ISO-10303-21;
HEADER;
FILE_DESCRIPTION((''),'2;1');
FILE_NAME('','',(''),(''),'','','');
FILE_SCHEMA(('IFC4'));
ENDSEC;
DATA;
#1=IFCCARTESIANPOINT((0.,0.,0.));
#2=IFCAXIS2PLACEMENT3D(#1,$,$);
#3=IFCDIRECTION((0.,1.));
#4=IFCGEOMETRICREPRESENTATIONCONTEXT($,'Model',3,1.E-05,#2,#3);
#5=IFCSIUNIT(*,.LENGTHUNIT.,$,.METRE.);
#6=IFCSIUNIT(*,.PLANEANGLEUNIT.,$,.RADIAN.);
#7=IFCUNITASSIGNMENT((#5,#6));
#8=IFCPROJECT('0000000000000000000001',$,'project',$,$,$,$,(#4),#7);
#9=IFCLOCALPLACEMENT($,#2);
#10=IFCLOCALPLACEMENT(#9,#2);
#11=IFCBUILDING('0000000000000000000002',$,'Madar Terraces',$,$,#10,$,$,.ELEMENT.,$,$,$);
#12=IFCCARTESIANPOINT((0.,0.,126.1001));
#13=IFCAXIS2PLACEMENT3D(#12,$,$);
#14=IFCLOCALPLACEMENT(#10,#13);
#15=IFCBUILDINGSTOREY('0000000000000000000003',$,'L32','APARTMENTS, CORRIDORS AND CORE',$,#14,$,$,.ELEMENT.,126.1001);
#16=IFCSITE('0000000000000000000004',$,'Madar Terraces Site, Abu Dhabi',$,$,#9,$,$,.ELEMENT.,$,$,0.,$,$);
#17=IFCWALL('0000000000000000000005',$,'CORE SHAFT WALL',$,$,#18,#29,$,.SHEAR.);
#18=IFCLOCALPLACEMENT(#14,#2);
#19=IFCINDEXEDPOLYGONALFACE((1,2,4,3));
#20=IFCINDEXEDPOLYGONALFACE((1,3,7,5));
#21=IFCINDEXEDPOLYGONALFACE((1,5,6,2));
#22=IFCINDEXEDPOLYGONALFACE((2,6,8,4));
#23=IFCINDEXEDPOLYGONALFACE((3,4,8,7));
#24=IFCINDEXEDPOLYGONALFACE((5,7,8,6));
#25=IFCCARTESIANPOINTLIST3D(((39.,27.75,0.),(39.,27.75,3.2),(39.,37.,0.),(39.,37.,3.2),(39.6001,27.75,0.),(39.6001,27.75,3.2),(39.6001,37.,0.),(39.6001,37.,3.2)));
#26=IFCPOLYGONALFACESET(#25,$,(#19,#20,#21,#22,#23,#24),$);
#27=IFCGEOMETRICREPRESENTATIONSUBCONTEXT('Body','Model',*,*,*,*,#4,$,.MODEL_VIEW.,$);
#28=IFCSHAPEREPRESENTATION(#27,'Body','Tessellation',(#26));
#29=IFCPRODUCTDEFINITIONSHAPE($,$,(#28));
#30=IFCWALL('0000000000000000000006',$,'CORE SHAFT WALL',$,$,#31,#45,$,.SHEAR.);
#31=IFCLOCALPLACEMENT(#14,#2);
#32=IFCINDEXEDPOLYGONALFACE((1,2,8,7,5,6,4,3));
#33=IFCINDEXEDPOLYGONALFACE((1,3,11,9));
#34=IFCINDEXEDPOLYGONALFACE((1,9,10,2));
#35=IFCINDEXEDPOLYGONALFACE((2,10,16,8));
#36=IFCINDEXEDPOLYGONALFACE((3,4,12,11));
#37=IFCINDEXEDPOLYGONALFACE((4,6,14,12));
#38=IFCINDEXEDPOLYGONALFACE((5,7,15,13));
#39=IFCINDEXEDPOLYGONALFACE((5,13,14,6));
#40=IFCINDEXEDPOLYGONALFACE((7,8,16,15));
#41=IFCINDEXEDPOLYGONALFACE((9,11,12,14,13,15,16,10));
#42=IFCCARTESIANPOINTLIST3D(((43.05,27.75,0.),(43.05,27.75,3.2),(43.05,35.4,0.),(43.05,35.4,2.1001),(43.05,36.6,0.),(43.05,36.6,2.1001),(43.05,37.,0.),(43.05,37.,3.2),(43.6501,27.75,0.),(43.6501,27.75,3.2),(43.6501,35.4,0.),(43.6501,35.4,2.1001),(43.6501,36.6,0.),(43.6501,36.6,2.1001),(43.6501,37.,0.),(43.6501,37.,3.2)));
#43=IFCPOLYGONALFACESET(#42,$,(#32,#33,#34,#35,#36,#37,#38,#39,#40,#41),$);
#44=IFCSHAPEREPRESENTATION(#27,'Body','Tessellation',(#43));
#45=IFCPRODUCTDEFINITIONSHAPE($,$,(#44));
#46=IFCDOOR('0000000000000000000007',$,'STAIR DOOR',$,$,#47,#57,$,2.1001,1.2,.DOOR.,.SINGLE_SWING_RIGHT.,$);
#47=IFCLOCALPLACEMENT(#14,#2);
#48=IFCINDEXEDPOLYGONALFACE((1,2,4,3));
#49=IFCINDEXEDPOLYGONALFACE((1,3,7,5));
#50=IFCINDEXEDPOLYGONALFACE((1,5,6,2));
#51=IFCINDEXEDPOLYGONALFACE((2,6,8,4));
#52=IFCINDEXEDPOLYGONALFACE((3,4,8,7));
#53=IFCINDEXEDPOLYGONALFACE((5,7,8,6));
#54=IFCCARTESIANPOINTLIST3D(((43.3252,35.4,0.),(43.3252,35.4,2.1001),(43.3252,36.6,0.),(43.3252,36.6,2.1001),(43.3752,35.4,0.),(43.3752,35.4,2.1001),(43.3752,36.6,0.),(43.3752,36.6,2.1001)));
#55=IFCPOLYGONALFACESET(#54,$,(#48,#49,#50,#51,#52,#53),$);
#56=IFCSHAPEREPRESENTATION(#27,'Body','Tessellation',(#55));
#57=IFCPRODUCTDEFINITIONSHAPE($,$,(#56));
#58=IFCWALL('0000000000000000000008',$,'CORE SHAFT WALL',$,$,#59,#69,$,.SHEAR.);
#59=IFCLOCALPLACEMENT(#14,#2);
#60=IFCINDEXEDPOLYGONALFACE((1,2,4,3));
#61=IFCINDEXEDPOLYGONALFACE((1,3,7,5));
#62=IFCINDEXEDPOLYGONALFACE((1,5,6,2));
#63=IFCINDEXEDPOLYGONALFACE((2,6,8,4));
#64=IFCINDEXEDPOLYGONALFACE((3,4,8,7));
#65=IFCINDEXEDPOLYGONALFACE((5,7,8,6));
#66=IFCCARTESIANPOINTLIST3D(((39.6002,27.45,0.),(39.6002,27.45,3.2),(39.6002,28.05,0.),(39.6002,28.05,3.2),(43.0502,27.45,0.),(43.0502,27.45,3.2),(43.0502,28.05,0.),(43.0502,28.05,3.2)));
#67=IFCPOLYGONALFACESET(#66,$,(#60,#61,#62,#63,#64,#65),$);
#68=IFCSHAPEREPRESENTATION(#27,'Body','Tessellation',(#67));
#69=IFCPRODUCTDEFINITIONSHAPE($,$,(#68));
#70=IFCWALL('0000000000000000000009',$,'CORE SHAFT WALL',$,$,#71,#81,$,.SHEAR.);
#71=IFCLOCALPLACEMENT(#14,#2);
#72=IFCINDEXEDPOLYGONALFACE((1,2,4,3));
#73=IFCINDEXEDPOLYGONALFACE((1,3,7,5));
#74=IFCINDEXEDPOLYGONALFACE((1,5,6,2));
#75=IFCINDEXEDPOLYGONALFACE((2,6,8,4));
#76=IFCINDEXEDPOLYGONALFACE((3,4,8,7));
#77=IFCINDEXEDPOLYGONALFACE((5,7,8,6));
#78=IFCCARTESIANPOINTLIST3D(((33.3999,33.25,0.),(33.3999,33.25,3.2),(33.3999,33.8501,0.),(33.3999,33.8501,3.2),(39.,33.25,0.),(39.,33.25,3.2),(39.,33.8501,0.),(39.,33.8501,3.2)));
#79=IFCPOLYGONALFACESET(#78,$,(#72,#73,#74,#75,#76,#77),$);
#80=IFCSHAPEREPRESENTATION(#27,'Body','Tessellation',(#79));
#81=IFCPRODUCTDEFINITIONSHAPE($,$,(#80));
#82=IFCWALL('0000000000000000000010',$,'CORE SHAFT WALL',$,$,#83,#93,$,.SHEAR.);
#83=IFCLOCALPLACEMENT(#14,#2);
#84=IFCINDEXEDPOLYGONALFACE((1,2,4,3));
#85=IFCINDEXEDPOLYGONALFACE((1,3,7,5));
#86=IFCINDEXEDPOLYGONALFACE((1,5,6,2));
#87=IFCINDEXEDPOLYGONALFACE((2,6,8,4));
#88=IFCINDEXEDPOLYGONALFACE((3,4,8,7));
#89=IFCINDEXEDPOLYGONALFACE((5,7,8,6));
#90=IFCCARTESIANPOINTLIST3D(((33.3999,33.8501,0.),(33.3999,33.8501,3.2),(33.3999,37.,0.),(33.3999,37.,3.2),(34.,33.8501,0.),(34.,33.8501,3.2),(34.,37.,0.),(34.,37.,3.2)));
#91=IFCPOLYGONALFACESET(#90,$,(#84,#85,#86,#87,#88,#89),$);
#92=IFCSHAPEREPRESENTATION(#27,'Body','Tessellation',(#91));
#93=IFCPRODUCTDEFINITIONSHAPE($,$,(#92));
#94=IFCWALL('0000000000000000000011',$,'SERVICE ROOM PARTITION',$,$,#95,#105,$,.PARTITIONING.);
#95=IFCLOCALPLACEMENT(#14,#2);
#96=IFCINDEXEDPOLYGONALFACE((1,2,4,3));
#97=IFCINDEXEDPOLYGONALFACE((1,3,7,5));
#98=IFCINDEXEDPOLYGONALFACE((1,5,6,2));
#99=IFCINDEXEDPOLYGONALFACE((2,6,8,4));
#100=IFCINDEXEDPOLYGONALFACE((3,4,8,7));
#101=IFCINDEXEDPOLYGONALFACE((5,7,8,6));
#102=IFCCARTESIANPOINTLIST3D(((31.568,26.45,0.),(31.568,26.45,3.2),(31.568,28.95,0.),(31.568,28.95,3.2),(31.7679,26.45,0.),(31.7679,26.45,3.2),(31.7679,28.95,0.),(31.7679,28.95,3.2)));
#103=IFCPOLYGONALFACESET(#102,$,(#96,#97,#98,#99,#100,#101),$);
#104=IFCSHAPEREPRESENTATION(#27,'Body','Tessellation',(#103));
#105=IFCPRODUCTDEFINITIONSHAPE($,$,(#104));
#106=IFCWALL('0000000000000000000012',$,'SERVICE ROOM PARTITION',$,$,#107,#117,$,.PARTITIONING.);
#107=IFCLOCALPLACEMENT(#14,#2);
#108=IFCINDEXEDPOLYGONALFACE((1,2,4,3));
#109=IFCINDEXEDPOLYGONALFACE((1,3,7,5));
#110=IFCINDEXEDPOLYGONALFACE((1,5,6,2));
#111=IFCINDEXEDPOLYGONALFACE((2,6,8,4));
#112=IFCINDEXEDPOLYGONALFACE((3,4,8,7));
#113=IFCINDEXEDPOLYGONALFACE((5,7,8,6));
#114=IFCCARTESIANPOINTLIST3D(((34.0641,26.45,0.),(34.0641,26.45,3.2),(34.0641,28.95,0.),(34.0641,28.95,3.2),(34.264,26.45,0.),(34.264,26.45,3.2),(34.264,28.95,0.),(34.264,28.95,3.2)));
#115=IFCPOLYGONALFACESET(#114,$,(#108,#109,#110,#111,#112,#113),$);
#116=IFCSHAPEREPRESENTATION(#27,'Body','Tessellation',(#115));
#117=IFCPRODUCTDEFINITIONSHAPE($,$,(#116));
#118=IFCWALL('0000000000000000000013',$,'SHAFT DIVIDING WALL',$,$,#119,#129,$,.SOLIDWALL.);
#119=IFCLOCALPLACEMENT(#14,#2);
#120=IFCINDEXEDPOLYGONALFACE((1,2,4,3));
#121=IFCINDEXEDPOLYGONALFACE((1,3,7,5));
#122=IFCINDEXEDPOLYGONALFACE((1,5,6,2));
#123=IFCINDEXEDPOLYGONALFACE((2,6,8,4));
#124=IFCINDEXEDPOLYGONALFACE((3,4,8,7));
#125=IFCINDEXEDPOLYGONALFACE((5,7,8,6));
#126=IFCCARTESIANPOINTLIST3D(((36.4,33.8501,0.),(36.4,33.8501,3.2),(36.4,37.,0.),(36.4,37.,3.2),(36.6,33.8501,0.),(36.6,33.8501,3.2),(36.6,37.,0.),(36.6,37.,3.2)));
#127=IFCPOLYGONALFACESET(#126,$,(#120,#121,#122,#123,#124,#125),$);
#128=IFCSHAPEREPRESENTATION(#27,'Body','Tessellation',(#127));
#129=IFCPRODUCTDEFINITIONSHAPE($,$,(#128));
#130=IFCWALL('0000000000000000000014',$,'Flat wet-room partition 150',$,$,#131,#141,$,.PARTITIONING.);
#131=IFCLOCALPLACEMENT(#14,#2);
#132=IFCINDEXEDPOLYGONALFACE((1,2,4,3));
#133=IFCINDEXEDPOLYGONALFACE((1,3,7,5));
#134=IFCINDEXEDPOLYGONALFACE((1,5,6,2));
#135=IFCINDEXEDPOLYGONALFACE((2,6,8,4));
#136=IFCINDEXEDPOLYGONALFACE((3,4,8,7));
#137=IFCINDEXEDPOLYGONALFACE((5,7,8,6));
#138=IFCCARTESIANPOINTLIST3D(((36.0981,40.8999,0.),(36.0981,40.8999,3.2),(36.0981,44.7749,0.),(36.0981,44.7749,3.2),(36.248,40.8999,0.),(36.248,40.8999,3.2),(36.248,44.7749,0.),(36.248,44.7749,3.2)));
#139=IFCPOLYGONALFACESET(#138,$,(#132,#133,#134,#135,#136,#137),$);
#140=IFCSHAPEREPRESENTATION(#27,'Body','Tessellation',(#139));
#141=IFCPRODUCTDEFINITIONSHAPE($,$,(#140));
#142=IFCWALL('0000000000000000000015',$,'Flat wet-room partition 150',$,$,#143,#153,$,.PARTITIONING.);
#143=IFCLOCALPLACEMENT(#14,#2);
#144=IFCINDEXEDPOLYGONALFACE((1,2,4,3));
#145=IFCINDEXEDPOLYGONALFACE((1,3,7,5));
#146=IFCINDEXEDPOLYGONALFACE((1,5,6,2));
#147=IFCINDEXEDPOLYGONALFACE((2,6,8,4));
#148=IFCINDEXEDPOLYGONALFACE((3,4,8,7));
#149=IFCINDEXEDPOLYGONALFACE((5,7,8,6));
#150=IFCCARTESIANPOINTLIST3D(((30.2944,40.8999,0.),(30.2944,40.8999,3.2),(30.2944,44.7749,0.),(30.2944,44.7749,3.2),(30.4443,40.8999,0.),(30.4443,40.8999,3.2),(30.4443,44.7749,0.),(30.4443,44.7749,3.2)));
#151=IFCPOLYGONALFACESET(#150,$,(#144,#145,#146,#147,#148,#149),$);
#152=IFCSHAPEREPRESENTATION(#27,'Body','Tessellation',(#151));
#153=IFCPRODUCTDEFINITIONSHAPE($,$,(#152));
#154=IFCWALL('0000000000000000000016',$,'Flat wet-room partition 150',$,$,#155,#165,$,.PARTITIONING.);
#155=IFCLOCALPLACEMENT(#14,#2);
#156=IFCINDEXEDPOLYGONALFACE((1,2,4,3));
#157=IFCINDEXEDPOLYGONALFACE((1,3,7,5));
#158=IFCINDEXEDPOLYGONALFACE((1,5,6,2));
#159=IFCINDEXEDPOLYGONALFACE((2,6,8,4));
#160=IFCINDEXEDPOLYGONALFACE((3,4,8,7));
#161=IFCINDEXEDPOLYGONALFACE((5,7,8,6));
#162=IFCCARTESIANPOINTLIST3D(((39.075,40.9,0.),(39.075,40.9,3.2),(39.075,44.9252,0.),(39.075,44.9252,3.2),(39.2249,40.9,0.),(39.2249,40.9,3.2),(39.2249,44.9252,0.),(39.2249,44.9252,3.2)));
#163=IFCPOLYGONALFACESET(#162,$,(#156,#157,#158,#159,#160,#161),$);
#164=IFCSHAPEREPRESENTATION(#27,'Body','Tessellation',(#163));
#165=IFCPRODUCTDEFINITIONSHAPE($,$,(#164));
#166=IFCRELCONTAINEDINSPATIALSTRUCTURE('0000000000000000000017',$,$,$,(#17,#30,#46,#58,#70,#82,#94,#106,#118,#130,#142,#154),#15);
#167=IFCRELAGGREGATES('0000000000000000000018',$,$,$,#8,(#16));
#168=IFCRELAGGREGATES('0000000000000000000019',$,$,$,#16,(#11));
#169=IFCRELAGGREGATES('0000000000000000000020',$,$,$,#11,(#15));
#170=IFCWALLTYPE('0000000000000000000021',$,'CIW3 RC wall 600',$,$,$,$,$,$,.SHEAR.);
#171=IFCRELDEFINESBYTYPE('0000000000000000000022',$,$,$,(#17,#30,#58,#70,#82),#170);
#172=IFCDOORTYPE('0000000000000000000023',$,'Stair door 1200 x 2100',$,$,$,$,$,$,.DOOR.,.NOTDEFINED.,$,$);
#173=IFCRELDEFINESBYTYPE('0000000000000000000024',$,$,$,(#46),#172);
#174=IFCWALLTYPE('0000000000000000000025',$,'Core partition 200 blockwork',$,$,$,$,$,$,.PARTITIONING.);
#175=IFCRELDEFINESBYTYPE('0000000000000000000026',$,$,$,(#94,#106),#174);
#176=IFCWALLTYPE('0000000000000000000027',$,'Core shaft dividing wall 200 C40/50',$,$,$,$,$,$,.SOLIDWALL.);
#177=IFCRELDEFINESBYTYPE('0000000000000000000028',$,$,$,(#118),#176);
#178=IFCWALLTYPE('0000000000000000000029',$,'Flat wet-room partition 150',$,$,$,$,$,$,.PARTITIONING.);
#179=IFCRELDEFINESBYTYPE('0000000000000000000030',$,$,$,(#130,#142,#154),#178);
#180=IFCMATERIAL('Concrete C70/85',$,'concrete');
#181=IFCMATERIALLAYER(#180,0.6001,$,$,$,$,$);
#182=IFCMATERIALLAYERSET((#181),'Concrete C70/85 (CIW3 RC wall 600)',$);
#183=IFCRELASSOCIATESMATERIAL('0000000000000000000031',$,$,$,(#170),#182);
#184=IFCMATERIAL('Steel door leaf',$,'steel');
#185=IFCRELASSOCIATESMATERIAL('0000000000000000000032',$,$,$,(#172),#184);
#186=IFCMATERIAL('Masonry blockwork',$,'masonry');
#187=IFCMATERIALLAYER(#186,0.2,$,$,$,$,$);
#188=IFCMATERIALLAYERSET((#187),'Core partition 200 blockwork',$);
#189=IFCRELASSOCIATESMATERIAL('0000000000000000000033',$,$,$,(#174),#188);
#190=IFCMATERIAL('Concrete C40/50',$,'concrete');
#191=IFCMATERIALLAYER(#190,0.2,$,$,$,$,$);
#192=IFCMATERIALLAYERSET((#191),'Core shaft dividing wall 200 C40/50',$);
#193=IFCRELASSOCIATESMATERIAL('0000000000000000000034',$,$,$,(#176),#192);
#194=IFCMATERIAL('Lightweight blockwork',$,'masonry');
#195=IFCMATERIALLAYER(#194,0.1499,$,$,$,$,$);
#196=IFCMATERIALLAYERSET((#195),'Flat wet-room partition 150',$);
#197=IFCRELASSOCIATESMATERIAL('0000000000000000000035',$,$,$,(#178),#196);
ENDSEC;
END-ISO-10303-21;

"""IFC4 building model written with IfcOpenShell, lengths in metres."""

from ifc_helpers import new_model, si_unit, direction, frame, frame_2d, origin, place, context, subcontext, project, spatial, rectangle, extrude, material, layer, layer_set, type_object, element, fill, save


model = new_model("IFC4")

# Units and contexts
model_context = context("Model", 3, precision=1e-05, world=origin(), true_north=direction((0.0, 1.0)))
body_context = subcontext(model_context, "Body", "Model", "MODEL_VIEW")
ifc_project = project(units=[si_unit("LENGTHUNIT", "METRE"), si_unit("PLANEANGLEUNIT", "RADIAN")], contexts=[model_context])

# Site, building, storey
site_placement = place(None, origin())
site = spatial("IfcSite", under=ifc_project, at=site_placement, Name="Madar Terraces Site, Abu Dhabi", CompositionType="ELEMENT", RefElevation=0.0)
building_placement = place(site_placement, origin())
building = spatial("IfcBuilding", under=site, at=building_placement, Name="Madar Terraces", CompositionType="ELEMENT")
storey_placement = place(building_placement, frame((0.0, 0.0, 126.1001)))
storey = spatial("IfcBuildingStorey", under=building, at=storey_placement, Name="L32", Description="APARTMENTS, CORRIDORS AND CORE", CompositionType="ELEMENT", Elevation=126.1001)

# Wall
ifc_material_1 = material(Name="Concrete C70/85", Category="concrete")
ifc_layer_1 = layer(ifc_material_1, 0.6001)
ifc_layer_set_1 = layer_set([ifc_layer_1], Name="Concrete C70/85 (CIW3 RC wall 600)")
wall_type_1 = type_object("IfcWallType", Name="CIW3 RC wall 600", PredefinedType="SHEAR", material=ifc_layer_set_1)
wall_1_placement = place(storey_placement, frame((39.3, 27.75, 0.0), z_axis=(0.0, 0.0, 1.0), x_axis=(0.0, 1.0, 0.0)))
element("IfcWall", 1, at=wall_1_placement, inside=storey, type_object=wall_type_1, Name="CORE SHAFT WALL", PredefinedType="SHEAR", context=body_context, shape_type="SweptSolid", body=[
    extrude(rectangle(XDim=9.25, YDim=0.6001, at=frame_2d((4.625, 0.0))), origin(), (0.0, 0.0, 1.0), 3.2),
])

# Wall, opening, door
wall_2_placement = place(storey_placement, frame((43.3501, 27.75, 0.0), z_axis=(0.0, 0.0, 1.0), x_axis=(0.0, 1.0, 0.0)))
wall_2 = element("IfcWall", 2, at=wall_2_placement, inside=storey, type_object=wall_type_1, Name="CORE SHAFT WALL", PredefinedType="SHEAR", context=body_context, shape_type="SweptSolid", body=[
    extrude(rectangle(XDim=9.25, YDim=0.6001, at=frame_2d((4.625, 0.0))), origin(), (0.0, 0.0, 1.0), 3.2),
])
opening_placement = place(wall_2_placement, frame((7.6499, 0.0, 0.0)))
opening = element("IfcOpeningElement", 3, at=opening_placement, cuts=wall_2, PredefinedType="OPENING", context=body_context, shape_type="SweptSolid", body=[
    extrude(rectangle(XDim=1.2, YDim=2.1001, at=frame_2d((0.6001, 1.05))), frame((0.0, 0.3101, 0.0), z_axis=(0.0, -1.0, 0.0), x_axis=(1.0, 0.0, 0.0)), (0.0, 0.0, 1.0), 0.6201),
])
ifc_material_2 = material(Name="Steel door leaf", Category="steel")
door_type = type_object("IfcDoorType", Name="Stair door 1200 x 2100", OperationType="NOTDEFINED", PredefinedType="DOOR", material=ifc_material_2)
door_placement = place(opening_placement, origin())
door = element("IfcDoor", 4, at=door_placement, inside=storey, type_object=door_type, Name="STAIR DOOR", OperationType="SINGLE_SWING_RIGHT", OverallHeight=2.1001, OverallWidth=1.2, PredefinedType="DOOR", context=body_context, shape_type="SweptSolid", body=[
    extrude(rectangle(XDim=1.2, YDim=2.1001, at=frame_2d((0.6001, 1.05))), frame((0.0, 0.0249, 0.0), z_axis=(0.0, -1.0, 0.0), x_axis=(1.0, 0.0, 0.0)), (0.0, 0.0, 1.0), 0.05),
])
fill(opening, door)

# Walls
wall_3_placement = place(storey_placement, frame((39.6001, 27.75, 0.0), z_axis=(0.0, 0.0, 1.0), x_axis=(1.0, 0.0, 0.0)))
element("IfcWall", 5, at=wall_3_placement, inside=storey, type_object=wall_type_1, Name="CORE SHAFT WALL", PredefinedType="SHEAR", context=body_context, shape_type="SweptSolid", body=[
    extrude(rectangle(XDim=3.45, YDim=0.6001, at=frame_2d((1.7251, 0.0))), origin(), (0.0, 0.0, 1.0), 3.2),
])
wall_4_placement = place(storey_placement, frame((33.3999, 33.55, 0.0), z_axis=(0.0, 0.0, 1.0), x_axis=(1.0, 0.0, 0.0)))
element("IfcWall", 6, at=wall_4_placement, inside=storey, type_object=wall_type_1, Name="CORE SHAFT WALL", PredefinedType="SHEAR", context=body_context, shape_type="SweptSolid", body=[
    extrude(rectangle(XDim=5.6001, YDim=0.6001, at=frame_2d((2.8, 0.0))), origin(), (0.0, 0.0, 1.0), 3.2),
])
wall_5_placement = place(storey_placement, frame((33.7, 33.8501, 0.0), z_axis=(0.0, 0.0, 1.0), x_axis=(0.0, 1.0, 0.0)))
element("IfcWall", 7, at=wall_5_placement, inside=storey, type_object=wall_type_1, Name="CORE SHAFT WALL", PredefinedType="SHEAR", context=body_context, shape_type="SweptSolid", body=[
    extrude(rectangle(XDim=3.1499, YDim=0.6001, at=frame_2d((1.575, 0.0))), origin(), (0.0, 0.0, 1.0), 3.2),
])
ifc_material_3 = material(Name="Masonry blockwork", Category="masonry")
ifc_layer_2 = layer(ifc_material_3, 0.2)
ifc_layer_set_2 = layer_set([ifc_layer_2], Name="Core partition 200 blockwork")
wall_type_2 = type_object("IfcWallType", Name="Core partition 200 blockwork", PredefinedType="PARTITIONING", material=ifc_layer_set_2)
for number, where, z_axis, x_axis, name in (
    (8, (31.668, 26.45, 0.0), (0.0, 0.0, 1.0), (0.0, 1.0, 0.0), "SERVICE ROOM PARTITION"),
    (9, (34.1641, 26.45, 0.0), (0.0, 0.0, 1.0), (0.0, 1.0, 0.0), "SERVICE ROOM PARTITION"),
):
    element("IfcWall", number, at=place(storey_placement, frame(where, z_axis=z_axis, x_axis=x_axis)), inside=storey, type_object=wall_type_2, Name=name, PredefinedType="PARTITIONING", context=body_context, shape_type="SweptSolid", body=[
        extrude(rectangle(XDim=2.5, YDim=0.2, at=frame_2d((1.25, 0.0))), origin(), (0.0, 0.0, 1.0), 3.2),
    ])
ifc_material_4 = material(Name="Concrete C40/50", Category="concrete")
ifc_layer_3 = layer(ifc_material_4, 0.2)
ifc_layer_set_3 = layer_set([ifc_layer_3], Name="Core shaft dividing wall 200 C40/50")
wall_type_3 = type_object("IfcWallType", Name="Core shaft dividing wall 200 C40/50", PredefinedType="SOLIDWALL", material=ifc_layer_set_3)
wall_6_placement = place(storey_placement, frame((36.5, 33.8501, 0.0), z_axis=(0.0, 0.0, 1.0), x_axis=(0.0, 1.0, 0.0)))
element("IfcWall", 10, at=wall_6_placement, inside=storey, type_object=wall_type_3, Name="SHAFT DIVIDING WALL", PredefinedType="SOLIDWALL", context=body_context, shape_type="SweptSolid", body=[
    extrude(rectangle(XDim=3.1499, YDim=0.2, at=frame_2d((1.575, 0.0))), origin(), (0.0, 0.0, 1.0), 3.2),
])
ifc_material_5 = material(Name="Lightweight blockwork", Category="masonry")
ifc_layer_4 = layer(ifc_material_5, 0.1499)
ifc_layer_set_4 = layer_set([ifc_layer_4], Name="Flat wet-room partition 150")
wall_type_4 = type_object("IfcWallType", Name="Flat wet-room partition 150", PredefinedType="PARTITIONING", material=ifc_layer_set_4)
for number, where, z_axis, x_axis, name in (
    (11, (36.1731, 40.8999, 0.0), (0.0, 0.0, 1.0), (0.0, 1.0, 0.0), "Flat wet-room partition 150"),
    (12, (30.3694, 40.8999, 0.0), (0.0, 0.0, 1.0), (0.0, 1.0, 0.0), "Flat wet-room partition 150"),
):
    element("IfcWall", number, at=place(storey_placement, frame(where, z_axis=z_axis, x_axis=x_axis)), inside=storey, type_object=wall_type_4, Name=name, PredefinedType="PARTITIONING", context=body_context, shape_type="SweptSolid", body=[
        extrude(rectangle(XDim=3.875, YDim=0.1499, at=frame_2d((1.9375, 0.0))), origin(), (0.0, 0.0, 1.0), 3.2),
    ])
wall_7_placement = place(storey_placement, frame((39.1499, 40.8999, 0.0), z_axis=(0.0, 0.0, 1.0), x_axis=(0.0, 1.0, 0.0)))
element("IfcWall", 13, at=wall_7_placement, inside=storey, type_object=wall_type_4, Name="Flat wet-room partition 150", PredefinedType="PARTITIONING", context=body_context, shape_type="SweptSolid", body=[
    extrude(rectangle(XDim=4.0251, YDim=0.1499, at=frame_2d((2.0127, 0.0))), origin(), (0.0, 0.0, 1.0), 3.2),
])

save(model, "model.ifc")
